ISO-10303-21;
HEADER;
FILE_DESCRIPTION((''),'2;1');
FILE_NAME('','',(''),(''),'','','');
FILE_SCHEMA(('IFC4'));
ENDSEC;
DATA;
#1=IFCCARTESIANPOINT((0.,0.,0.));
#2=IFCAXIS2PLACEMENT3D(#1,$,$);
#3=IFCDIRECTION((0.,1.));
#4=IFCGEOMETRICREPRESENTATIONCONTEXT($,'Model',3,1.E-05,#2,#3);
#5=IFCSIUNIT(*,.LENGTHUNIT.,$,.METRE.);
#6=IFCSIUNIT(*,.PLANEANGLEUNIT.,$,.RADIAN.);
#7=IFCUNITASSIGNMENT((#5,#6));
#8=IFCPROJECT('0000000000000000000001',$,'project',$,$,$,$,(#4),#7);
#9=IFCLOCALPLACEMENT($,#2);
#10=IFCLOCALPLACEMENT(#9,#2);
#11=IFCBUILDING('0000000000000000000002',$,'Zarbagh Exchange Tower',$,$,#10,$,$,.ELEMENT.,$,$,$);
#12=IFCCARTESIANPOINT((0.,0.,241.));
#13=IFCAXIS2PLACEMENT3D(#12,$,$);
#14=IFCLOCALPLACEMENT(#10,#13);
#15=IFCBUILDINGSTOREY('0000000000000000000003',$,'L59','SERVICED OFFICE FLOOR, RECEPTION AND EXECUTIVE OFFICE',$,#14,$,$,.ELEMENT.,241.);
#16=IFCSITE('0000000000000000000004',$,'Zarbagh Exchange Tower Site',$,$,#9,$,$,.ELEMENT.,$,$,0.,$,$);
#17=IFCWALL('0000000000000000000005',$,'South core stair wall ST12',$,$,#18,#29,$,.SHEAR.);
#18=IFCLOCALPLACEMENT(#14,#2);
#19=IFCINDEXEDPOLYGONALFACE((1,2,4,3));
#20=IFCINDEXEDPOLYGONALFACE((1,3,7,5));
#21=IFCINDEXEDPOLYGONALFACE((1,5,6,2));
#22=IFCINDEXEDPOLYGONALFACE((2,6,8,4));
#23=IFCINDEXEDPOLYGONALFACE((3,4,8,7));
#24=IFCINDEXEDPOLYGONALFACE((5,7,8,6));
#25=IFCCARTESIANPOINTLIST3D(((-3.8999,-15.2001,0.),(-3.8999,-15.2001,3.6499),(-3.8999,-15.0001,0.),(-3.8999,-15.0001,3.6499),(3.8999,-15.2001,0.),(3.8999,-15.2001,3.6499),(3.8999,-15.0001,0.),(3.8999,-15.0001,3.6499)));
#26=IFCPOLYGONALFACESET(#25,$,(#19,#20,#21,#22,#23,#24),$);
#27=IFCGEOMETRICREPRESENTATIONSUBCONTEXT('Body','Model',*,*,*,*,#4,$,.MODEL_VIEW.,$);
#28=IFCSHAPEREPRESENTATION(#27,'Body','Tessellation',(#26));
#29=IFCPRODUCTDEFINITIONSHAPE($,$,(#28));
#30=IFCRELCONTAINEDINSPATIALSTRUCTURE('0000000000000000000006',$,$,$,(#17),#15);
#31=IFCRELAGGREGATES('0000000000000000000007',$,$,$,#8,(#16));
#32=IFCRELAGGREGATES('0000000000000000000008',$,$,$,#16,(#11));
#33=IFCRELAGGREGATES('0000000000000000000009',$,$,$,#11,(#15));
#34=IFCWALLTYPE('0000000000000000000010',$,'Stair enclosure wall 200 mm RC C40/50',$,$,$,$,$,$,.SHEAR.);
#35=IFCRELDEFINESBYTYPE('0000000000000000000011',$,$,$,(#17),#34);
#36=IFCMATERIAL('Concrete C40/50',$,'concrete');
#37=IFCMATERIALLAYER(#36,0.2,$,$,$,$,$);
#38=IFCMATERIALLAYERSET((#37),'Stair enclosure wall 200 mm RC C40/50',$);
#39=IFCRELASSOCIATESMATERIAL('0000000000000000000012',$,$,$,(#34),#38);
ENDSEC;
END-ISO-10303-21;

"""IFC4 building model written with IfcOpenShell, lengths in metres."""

from ifc_helpers import new_model, si_unit, direction, frame, frame_2d, origin, place, context, subcontext, project, spatial, rectangle, extrude, material, layer, layer_set, type_object, element, save


model = new_model("IFC4")

# Units and contexts
model_context = context("Model", 3, precision=1e-05, world=origin(), true_north=direction((0.0, 1.0)))
body_context = subcontext(model_context, "Body", "Model", "MODEL_VIEW")
ifc_project = project(units=[si_unit("LENGTHUNIT", "METRE"), si_unit("PLANEANGLEUNIT", "RADIAN")], contexts=[model_context])

# Site, building, storey
site_placement = place(None, origin())
site = spatial("IfcSite", under=ifc_project, at=site_placement, Name="Zarbagh Exchange Tower Site", CompositionType="ELEMENT", RefElevation=0.0)
building_placement = place(site_placement, origin())
building = spatial("IfcBuilding", under=site, at=building_placement, Name="Zarbagh Exchange Tower", CompositionType="ELEMENT")
storey_placement = place(building_placement, frame((0.0, 0.0, 241.0)))
storey = spatial("IfcBuildingStorey", under=building, at=storey_placement, Name="L59", Description="SERVICED OFFICE FLOOR, RECEPTION AND EXECUTIVE OFFICE", CompositionType="ELEMENT", Elevation=241.0)

# Wall
ifc_material_1 = material(Name="Concrete C40/50", Category="concrete")
ifc_layer_1 = layer(ifc_material_1, 0.2)
ifc_layer_set_1 = layer_set([ifc_layer_1], Name="Stair enclosure wall 200 mm RC C40/50")
wall_type_1 = type_object("IfcWallType", Name="Stair enclosure wall 200 mm RC C40/50", PredefinedType="SHEAR", material=ifc_layer_set_1)
wall_1_placement = place(storey_placement, frame((3.8999, -15.1001, 0.0), z_axis=(0.0, 0.0, 1.0), x_axis=(-1.0, 0.0, 0.0)))
element("IfcWall", 1, at=wall_1_placement, inside=storey, type_object=wall_type_1, Name="South core stair wall ST12", PredefinedType="SHEAR", context=body_context, shape_type="SweptSolid", body=[
    extrude(rectangle(XDim=7.7998, YDim=0.2, at=frame_2d((3.8999, 0.0))), origin(), (0.0, 0.0, 1.0), 3.6499),
])

save(model, "model.ifc")
